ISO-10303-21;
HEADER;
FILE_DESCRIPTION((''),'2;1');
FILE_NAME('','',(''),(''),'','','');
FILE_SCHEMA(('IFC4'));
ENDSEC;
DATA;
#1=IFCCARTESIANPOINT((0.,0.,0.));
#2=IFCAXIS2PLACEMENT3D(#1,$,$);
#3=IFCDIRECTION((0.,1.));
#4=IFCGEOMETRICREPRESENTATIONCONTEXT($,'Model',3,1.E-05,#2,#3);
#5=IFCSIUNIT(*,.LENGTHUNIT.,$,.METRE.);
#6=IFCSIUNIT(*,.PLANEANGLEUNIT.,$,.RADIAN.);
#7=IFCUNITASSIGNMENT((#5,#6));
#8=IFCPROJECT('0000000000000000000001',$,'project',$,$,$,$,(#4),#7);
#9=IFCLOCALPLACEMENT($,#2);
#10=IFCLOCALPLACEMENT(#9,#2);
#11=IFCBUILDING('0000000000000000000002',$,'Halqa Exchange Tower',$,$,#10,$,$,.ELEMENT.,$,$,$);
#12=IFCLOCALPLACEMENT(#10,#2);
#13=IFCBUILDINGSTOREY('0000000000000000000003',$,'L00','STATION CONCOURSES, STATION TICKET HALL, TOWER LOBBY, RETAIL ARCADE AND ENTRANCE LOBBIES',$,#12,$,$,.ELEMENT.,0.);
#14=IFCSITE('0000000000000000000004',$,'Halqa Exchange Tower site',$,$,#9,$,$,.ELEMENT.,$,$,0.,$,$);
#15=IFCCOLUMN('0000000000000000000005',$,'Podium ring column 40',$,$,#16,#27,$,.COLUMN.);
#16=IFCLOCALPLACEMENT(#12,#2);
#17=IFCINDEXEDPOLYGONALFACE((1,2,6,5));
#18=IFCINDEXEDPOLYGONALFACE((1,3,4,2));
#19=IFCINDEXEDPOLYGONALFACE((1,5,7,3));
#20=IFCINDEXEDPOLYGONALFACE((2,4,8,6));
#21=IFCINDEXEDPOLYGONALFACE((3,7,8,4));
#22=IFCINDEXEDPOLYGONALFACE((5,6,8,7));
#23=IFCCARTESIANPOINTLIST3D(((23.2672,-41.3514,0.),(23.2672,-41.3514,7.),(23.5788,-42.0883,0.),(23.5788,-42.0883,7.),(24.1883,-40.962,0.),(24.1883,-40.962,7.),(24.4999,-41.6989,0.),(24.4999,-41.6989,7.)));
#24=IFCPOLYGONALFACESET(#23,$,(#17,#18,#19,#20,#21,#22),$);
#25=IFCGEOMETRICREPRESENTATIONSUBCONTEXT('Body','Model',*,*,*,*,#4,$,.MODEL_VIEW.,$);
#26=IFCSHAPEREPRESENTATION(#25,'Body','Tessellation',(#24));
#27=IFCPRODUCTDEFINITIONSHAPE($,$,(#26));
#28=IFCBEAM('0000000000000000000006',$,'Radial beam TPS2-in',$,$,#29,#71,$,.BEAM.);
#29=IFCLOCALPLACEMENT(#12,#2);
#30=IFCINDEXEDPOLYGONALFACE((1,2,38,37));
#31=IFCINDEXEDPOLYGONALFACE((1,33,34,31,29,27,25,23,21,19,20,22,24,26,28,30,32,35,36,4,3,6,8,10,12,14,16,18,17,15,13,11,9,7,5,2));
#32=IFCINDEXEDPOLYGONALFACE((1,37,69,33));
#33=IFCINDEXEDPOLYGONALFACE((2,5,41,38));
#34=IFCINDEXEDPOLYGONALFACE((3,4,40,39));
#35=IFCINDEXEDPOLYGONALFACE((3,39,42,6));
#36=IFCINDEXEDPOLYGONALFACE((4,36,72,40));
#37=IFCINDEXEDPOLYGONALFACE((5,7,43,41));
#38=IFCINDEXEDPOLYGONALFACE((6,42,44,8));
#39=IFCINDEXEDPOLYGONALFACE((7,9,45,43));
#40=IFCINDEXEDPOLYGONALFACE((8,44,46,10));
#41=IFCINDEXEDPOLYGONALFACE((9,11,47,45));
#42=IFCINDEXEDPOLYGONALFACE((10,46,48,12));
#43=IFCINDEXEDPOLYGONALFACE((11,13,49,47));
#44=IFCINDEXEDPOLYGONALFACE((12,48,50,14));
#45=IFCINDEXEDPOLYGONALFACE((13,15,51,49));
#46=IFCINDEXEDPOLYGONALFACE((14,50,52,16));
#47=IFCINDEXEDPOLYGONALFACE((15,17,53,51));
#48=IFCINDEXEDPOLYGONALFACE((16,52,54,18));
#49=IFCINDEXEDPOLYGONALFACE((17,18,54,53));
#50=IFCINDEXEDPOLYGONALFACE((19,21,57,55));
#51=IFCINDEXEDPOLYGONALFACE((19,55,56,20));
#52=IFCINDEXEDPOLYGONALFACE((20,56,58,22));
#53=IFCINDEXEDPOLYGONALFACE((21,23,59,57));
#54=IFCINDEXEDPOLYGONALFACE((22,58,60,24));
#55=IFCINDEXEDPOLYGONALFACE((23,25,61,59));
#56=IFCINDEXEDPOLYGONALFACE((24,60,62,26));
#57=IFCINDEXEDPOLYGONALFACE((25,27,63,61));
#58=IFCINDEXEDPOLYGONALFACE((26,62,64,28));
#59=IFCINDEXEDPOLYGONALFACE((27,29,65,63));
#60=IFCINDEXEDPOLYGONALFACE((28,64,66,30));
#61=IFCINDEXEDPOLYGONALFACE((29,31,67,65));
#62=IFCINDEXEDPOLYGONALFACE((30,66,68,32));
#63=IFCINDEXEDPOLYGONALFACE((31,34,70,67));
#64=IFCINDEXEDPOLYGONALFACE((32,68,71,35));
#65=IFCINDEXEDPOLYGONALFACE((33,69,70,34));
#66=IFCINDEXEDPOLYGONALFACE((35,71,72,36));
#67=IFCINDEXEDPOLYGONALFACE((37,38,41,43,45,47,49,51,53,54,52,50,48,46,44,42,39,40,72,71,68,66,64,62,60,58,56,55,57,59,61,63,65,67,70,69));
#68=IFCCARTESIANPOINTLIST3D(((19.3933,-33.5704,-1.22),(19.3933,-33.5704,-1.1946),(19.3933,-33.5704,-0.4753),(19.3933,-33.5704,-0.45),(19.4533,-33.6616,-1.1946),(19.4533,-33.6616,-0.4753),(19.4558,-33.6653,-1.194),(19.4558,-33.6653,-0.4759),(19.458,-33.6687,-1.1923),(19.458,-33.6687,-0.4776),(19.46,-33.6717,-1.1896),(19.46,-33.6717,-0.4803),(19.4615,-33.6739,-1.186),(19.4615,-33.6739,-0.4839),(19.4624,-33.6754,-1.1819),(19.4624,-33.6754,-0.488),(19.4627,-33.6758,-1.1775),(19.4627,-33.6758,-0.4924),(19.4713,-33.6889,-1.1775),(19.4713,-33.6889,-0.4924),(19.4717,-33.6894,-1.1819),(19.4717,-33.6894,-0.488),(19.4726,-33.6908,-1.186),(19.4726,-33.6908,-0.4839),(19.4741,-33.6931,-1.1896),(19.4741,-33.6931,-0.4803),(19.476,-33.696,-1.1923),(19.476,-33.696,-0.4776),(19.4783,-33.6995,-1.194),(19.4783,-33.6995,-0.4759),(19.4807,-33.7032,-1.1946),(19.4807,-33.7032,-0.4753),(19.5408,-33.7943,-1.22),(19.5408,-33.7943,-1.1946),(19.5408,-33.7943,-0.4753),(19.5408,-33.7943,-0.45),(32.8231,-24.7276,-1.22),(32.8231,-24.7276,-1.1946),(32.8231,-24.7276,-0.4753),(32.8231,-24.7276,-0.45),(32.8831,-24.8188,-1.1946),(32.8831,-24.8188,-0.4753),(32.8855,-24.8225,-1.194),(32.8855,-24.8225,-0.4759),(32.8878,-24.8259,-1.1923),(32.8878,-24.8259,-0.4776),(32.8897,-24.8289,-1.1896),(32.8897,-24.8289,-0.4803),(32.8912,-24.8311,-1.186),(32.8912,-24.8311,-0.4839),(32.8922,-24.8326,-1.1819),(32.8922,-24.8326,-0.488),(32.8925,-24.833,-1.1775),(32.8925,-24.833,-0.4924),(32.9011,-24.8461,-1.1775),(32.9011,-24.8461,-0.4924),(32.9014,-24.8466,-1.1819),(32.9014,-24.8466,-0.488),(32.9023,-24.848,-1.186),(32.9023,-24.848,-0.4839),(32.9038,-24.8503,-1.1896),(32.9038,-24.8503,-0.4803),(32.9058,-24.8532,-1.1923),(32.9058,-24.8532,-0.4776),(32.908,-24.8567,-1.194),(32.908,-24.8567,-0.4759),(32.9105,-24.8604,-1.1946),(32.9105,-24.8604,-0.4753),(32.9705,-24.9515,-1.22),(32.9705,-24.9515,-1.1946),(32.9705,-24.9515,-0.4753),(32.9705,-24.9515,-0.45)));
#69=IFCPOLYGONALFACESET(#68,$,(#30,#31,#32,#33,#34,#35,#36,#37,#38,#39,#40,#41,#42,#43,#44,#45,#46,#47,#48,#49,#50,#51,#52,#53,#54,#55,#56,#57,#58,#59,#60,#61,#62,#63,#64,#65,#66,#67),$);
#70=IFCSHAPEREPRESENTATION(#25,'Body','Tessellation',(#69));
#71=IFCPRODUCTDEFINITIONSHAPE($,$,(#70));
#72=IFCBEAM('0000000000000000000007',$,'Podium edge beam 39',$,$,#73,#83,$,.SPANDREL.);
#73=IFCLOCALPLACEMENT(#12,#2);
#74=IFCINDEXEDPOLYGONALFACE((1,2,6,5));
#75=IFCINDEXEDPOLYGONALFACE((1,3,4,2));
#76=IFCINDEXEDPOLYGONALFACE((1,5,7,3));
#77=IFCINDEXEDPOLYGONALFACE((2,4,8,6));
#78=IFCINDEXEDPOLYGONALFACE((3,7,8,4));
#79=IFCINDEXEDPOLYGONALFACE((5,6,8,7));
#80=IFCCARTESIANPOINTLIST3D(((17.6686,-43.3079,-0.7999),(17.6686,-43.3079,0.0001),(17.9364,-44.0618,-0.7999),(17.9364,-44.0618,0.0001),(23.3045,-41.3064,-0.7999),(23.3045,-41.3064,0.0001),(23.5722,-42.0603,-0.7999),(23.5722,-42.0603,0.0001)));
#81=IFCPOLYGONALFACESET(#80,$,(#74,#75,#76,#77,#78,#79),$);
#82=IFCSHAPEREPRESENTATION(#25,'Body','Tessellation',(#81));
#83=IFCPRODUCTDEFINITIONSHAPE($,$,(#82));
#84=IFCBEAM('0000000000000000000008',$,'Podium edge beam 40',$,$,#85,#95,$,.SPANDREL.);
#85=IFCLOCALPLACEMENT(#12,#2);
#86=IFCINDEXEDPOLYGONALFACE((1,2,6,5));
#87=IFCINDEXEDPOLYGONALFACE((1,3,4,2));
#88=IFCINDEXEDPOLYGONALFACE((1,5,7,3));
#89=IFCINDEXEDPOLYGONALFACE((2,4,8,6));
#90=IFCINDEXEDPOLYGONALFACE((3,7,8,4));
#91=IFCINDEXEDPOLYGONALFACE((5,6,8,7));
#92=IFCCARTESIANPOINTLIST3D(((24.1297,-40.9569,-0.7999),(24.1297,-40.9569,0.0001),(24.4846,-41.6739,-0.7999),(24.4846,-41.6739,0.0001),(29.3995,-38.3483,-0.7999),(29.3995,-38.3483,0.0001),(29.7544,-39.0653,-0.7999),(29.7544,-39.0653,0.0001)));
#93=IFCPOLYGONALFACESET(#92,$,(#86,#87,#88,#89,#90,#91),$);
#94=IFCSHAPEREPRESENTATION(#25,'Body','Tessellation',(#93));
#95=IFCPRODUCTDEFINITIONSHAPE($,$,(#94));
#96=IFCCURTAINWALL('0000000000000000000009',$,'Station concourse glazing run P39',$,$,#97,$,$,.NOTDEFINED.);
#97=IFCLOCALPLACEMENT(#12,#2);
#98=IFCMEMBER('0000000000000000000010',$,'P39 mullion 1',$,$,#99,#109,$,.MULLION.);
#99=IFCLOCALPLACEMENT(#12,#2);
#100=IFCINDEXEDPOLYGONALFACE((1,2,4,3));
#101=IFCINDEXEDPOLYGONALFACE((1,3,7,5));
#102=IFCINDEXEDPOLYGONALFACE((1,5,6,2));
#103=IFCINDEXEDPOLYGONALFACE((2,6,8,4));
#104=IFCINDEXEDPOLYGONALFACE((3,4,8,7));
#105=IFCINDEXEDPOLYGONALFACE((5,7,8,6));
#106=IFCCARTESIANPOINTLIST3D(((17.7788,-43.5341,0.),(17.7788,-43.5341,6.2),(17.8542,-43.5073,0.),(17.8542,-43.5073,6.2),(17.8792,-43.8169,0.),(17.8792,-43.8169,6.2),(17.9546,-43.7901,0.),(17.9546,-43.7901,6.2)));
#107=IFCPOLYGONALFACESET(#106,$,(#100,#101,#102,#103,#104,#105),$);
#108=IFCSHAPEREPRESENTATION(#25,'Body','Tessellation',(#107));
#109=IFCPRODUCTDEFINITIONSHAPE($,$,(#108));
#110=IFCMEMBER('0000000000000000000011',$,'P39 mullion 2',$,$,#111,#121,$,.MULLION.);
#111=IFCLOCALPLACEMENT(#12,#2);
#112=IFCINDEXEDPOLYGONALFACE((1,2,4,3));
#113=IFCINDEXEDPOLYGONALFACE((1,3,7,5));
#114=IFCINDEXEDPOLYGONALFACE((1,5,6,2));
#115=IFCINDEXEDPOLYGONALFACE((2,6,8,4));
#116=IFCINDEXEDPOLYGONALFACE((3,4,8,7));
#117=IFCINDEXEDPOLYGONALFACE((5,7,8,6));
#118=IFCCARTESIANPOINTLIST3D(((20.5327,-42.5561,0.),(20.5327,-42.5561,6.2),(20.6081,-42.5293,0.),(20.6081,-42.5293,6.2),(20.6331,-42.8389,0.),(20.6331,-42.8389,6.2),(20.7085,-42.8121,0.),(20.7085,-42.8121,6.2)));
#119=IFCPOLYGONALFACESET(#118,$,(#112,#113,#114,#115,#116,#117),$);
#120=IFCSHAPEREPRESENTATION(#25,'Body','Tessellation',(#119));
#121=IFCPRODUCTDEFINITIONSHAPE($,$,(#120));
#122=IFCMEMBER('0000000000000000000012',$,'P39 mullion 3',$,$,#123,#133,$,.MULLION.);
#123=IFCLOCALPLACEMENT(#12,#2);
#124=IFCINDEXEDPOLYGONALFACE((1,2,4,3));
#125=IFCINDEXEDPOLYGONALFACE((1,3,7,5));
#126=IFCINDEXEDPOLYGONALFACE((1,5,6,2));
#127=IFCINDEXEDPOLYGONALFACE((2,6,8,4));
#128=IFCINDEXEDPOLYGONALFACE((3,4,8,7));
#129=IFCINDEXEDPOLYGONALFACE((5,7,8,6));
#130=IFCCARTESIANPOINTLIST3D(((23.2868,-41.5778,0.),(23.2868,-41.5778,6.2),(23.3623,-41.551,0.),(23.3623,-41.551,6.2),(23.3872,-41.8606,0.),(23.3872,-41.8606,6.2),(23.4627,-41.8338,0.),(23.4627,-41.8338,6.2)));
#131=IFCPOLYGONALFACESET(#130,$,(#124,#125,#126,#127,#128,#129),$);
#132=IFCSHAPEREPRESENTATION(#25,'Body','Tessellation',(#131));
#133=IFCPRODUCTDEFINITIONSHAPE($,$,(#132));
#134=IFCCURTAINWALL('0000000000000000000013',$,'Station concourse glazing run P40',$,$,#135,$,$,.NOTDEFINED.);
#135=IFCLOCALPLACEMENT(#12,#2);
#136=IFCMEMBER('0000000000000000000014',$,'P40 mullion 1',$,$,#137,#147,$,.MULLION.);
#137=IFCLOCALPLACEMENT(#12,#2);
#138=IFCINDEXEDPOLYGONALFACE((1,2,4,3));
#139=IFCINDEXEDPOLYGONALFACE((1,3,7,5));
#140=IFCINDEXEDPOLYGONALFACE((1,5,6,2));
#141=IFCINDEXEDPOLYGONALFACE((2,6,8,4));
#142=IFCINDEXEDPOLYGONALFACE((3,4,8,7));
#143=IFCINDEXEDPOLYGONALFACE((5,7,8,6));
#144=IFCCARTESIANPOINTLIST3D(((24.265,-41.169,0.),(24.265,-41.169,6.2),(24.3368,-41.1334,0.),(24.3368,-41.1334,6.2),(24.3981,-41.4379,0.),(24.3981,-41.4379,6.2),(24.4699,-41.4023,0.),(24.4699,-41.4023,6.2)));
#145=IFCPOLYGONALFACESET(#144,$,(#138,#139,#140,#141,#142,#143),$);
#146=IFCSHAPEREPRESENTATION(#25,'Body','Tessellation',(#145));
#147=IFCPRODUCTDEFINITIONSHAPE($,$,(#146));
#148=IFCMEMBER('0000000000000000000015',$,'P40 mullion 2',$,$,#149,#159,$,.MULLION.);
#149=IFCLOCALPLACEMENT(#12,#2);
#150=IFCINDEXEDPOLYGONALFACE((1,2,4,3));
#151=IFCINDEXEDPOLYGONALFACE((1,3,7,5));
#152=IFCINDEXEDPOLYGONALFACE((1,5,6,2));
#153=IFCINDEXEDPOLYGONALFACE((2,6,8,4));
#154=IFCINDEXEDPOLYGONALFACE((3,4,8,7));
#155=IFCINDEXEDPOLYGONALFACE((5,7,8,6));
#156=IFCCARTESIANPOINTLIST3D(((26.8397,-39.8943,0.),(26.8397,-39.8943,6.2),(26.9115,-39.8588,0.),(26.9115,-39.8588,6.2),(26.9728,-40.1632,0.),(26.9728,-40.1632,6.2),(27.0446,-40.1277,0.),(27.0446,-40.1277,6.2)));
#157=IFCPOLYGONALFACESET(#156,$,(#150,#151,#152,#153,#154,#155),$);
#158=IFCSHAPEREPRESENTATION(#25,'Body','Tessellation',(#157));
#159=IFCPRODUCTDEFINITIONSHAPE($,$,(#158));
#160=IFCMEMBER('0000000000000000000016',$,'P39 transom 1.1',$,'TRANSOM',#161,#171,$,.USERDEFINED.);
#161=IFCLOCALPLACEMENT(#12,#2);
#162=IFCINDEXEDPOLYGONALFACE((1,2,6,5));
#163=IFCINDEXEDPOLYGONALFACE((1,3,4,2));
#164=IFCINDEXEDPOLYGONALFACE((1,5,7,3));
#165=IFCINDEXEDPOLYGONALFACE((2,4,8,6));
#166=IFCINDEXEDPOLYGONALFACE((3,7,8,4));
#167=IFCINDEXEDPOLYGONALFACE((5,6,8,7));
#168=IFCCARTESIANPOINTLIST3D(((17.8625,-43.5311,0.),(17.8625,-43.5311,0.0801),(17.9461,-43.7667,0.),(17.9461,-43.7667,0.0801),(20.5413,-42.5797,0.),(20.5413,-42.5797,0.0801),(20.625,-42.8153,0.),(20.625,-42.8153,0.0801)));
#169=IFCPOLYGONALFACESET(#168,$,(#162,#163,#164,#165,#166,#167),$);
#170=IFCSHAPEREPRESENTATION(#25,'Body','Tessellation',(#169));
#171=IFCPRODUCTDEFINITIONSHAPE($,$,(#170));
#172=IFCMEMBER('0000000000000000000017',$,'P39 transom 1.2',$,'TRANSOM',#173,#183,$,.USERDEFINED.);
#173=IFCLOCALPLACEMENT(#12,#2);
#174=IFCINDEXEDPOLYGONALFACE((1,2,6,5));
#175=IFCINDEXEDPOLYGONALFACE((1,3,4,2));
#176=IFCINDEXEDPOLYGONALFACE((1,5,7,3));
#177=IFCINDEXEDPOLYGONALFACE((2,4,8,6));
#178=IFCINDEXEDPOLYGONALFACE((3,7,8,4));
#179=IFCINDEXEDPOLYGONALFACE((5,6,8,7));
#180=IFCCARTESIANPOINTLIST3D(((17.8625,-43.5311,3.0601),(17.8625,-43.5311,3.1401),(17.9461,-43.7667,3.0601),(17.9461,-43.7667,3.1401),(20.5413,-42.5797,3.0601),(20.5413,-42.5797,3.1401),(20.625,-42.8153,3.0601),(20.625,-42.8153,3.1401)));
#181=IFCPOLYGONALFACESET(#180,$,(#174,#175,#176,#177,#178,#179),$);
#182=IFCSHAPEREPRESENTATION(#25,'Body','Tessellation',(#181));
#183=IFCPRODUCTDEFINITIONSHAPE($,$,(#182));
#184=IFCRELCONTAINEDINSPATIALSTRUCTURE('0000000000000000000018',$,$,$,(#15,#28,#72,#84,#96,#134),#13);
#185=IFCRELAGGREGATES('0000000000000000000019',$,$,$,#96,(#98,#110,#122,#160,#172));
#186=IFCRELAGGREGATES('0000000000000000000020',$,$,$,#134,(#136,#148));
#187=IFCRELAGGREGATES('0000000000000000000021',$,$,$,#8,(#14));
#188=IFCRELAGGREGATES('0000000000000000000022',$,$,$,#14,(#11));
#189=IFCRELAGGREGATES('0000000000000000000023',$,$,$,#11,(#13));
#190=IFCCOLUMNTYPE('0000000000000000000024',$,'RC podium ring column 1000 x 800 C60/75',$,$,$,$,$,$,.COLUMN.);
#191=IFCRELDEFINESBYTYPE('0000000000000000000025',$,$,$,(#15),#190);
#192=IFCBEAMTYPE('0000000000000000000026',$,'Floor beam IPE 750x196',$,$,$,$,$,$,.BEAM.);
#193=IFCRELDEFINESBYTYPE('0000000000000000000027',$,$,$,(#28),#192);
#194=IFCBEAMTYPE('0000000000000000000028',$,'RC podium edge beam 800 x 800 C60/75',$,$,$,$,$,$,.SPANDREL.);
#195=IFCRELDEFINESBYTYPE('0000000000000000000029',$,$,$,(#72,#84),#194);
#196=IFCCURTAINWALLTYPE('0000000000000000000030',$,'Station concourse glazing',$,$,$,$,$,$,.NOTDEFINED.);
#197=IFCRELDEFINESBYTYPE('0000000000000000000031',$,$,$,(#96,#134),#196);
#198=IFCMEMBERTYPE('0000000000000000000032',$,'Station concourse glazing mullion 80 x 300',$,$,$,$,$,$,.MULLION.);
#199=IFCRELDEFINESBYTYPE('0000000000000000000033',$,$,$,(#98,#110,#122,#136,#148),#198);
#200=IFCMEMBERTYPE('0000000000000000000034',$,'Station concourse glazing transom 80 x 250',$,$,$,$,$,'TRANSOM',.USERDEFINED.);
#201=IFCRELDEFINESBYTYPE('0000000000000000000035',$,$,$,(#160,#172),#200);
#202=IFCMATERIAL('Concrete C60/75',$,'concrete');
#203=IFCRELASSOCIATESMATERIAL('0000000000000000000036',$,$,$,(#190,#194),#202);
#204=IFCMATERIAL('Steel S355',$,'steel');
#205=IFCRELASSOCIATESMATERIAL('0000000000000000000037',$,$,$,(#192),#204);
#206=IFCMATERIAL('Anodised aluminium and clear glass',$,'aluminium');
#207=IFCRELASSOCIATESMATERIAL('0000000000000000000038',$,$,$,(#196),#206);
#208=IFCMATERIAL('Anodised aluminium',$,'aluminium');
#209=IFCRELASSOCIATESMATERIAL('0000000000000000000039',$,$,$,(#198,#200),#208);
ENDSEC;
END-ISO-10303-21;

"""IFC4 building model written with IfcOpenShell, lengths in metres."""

from ifc_helpers import new_model, si_unit, direction, frame, origin, origin_2d, place, context, subcontext, project, spatial, rectangle, i_section, extrude, material, material_profile, profile_set, type_object, element, aggregate, save


model = new_model("IFC4")

# Units and contexts
model_context = context("Model", 3, precision=1e-05, world=origin(), true_north=direction((0.0, 1.0)))
body_context = subcontext(model_context, "Body", "Model", "MODEL_VIEW")
ifc_project = project(units=[si_unit("LENGTHUNIT", "METRE"), si_unit("PLANEANGLEUNIT", "RADIAN")], contexts=[model_context])

# Site, building, storey
site_placement = place(None, origin())
site = spatial("IfcSite", under=ifc_project, at=site_placement, Name="Halqa Exchange Tower site", CompositionType="ELEMENT", RefElevation=0.0)
building_placement = place(site_placement, origin())
building = spatial("IfcBuilding", under=site, at=building_placement, Name="Halqa Exchange Tower", CompositionType="ELEMENT")
storey_placement = place(building_placement, origin())
storey = spatial("IfcBuildingStorey", under=building, at=storey_placement, Name="L00", Description="STATION CONCOURSES, STATION TICKET HALL, TOWER LOBBY, RETAIL ARCADE AND ENTRANCE LOBBIES", CompositionType="ELEMENT", Elevation=0.0)

# Column
ifc_material_1 = material(Name="Concrete C60/75", Category="concrete")
ifc_material_profile_1 = material_profile(ifc_material_1, rectangle(XDim=1.0, YDim=0.8, at=origin_2d()), Name="1000 x 800")
ifc_profile_set_1 = profile_set([ifc_material_profile_1], Name="Concrete C60/75")
column_type = type_object("IfcColumnType", Name="RC podium ring column 1000 x 800 C60/75", PredefinedType="COLUMN", material=ifc_profile_set_1)
column_placement = place(storey_placement, frame((23.8835, -41.5251, 0.0), z_axis=(0.0, 0.0, 1.0), x_axis=(0.921048, 0.389449, 0.0)))
element("IfcColumn", 1, at=column_placement, inside=storey, type_object=column_type, Name="Podium ring column 40", PredefinedType="COLUMN", context=body_context, shape_type="SweptSolid", body=[
    extrude(rectangle(XDim=1.0, YDim=0.8, at=origin_2d()), origin(), (0.0, 0.0, 1.0), 7.0),
])

# Beams
ifc_material_2 = material(Name="Steel S355", Category="steel")
ifc_material_profile_2 = material_profile(ifc_material_2, i_section(OverallWidth=0.2681, OverallDepth=0.77, WebThickness=0.0156, FlangeThickness=0.0254, FilletRadius=0.0171, at=origin_2d()), Name="IPE 750x196")
ifc_profile_set_2 = profile_set([ifc_material_profile_2], Name="Steel S355")
beam_type_1 = type_object("IfcBeamType", Name="Floor beam IPE 750x196", PredefinedType="BEAM", material=ifc_profile_set_2)
beam_1_placement = place(storey_placement, frame((19.467, -33.6824, -0.835), z_axis=(0.835204, 0.54994, 0.0), x_axis=(-0.54994, 0.835204, 0.0)))
element("IfcBeam", 2, at=beam_1_placement, inside=storey, type_object=beam_type_1, Name="Radial beam TPS2-in", PredefinedType="BEAM", context=body_context, shape_type="SweptSolid", body=[
    extrude(i_section(OverallWidth=0.2681, OverallDepth=0.77, WebThickness=0.0156, FlangeThickness=0.0254, FilletRadius=0.0171, at=origin_2d()), origin(), (0.0, 0.0, 1.0), 16.0796),
])
ifc_material_profile_3 = material_profile(ifc_material_1, rectangle(XDim=0.8, YDim=0.8, at=origin_2d()), Name="800 x 800")
ifc_profile_set_3 = profile_set([ifc_material_profile_3], Name="Concrete C60/75")
beam_type_2 = type_object("IfcBeamType", Name="RC podium edge beam 800 x 800 C60/75", PredefinedType="SPANDREL", material=ifc_profile_set_3)
beam_2_placement = place(storey_placement, frame((17.8025, -43.6848, -0.3999), z_axis=(0.942343, 0.334647, 0.0), x_axis=(-0.334647, 0.942343, 0.0)))
element("IfcBeam", 3, at=beam_2_placement, inside=storey, type_object=beam_type_2, Name="Podium edge beam 39", PredefinedType="SPANDREL", context=body_context, shape_type="SweptSolid", body=[
    extrude(rectangle(XDim=0.8, YDim=0.8, at=origin_2d()), origin(), (0.0, 0.0, 1.0), 5.9807),
])
beam_3_placement = place(storey_placement, frame((24.3071, -41.3154, -0.3999), z_axis=(0.896205, 0.443639, 0.0), x_axis=(-0.443639, 0.896205, 0.0)))
element("IfcBeam", 4, at=beam_3_placement, inside=storey, type_object=beam_type_2, Name="Podium edge beam 40", PredefinedType="SPANDREL", context=body_context, shape_type="SweptSolid", body=[
    extrude(rectangle(XDim=0.8, YDim=0.8, at=origin_2d()), origin(), (0.0, 0.0, 1.0), 5.8801),
])

# Curtain walls, members
ifc_material_3 = material(Name="Anodised aluminium and clear glass", Category="aluminium")
curtain_wall_type = type_object("IfcCurtainWallType", Name="Station concourse glazing", PredefinedType="NOTDEFINED", material=ifc_material_3)
curtain_wall_1_placement = place(storey_placement, origin())
curtain_wall_1 = element("IfcCurtainWall", 5, at=curtain_wall_1_placement, inside=storey, type_object=curtain_wall_type, Name="Station concourse glazing run P39", PredefinedType="NOTDEFINED")
ifc_material_4 = material(Name="Anodised aluminium", Category="aluminium")
ifc_material_profile_4 = material_profile(ifc_material_4, rectangle(XDim=0.3, YDim=0.0801, at=origin_2d()), Name="AL 80x300")
ifc_profile_set_4 = profile_set([ifc_material_profile_4], Name="Anodised aluminium")
member_type_1 = type_object("IfcMemberType", Name="Station concourse glazing mullion 80 x 300", PredefinedType="MULLION", material=ifc_profile_set_4)
member_1_placement = place(storey_placement, frame((17.8667, -43.6621, 0.0), z_axis=(0.0, 0.0, 1.0), x_axis=(-0.334688, 0.942329, 0.0)))
member_1 = element("IfcMember", 6, at=member_1_placement, type_object=member_type_1, Name="P39 mullion 1", PredefinedType="MULLION", context=body_context, shape_type="SweptSolid", body=[
    extrude(rectangle(XDim=0.3, YDim=0.0801, at=origin_2d()), origin(), (0.0, 0.0, 1.0), 6.2),
])
member_2_placement = place(storey_placement, frame((20.6206, -42.6841, 0.0), z_axis=(0.0, 0.0, 1.0), x_axis=(-0.334688, 0.942329, 0.0)))
member_2 = element("IfcMember", 7, at=member_2_placement, type_object=member_type_1, Name="P39 mullion 2", PredefinedType="MULLION", context=body_context, shape_type="SweptSolid", body=[
    extrude(rectangle(XDim=0.3, YDim=0.0801, at=origin_2d()), origin(), (0.0, 0.0, 1.0), 6.2),
])
member_3_placement = place(storey_placement, frame((23.3748, -41.7058, 0.0), z_axis=(0.0, 0.0, 1.0), x_axis=(-0.334688, 0.942329, 0.0)))
member_3 = element("IfcMember", 8, at=member_3_placement, type_object=member_type_1, Name="P39 mullion 3", PredefinedType="MULLION", context=body_context, shape_type="SweptSolid", body=[
    extrude(rectangle(XDim=0.3, YDim=0.0801, at=origin_2d()), origin(), (0.0, 0.0, 1.0), 6.2),
])
curtain_wall_2_placement = place(storey_placement, origin())
curtain_wall_2 = element("IfcCurtainWall", 9, at=curtain_wall_2_placement, inside=storey, type_object=curtain_wall_type, Name="Station concourse glazing run P40", PredefinedType="NOTDEFINED")
member_4_placement = place(storey_placement, frame((24.3674, -41.2856, 0.0), z_axis=(0.0, 0.0, 1.0), x_axis=(-0.443653, 0.896198, 0.0)))
member_4 = element("IfcMember", 10, at=member_4_placement, type_object=member_type_1, Name="P40 mullion 1", PredefinedType="MULLION", context=body_context, shape_type="SweptSolid", body=[
    extrude(rectangle(XDim=0.3, YDim=0.0801, at=origin_2d()), origin(), (0.0, 0.0, 1.0), 6.2),
])
member_5_placement = place(storey_placement, frame((26.9421, -40.011, 0.0), z_axis=(0.0, 0.0, 1.0), x_axis=(-0.443653, 0.896198, 0.0)))
member_5 = element("IfcMember", 11, at=member_5_placement, type_object=member_type_1, Name="P40 mullion 2", PredefinedType="MULLION", context=body_context, shape_type="SweptSolid", body=[
    extrude(rectangle(XDim=0.3, YDim=0.0801, at=origin_2d()), origin(), (0.0, 0.0, 1.0), 6.2),
])

# Members
ifc_material_profile_5 = material_profile(ifc_material_4, rectangle(XDim=0.25, YDim=0.0801, at=origin_2d()), Name="AL 80x250")
ifc_profile_set_5 = profile_set([ifc_material_profile_5], Name="Anodised aluminium")
member_type_2 = type_object("IfcMemberType", Name="Station concourse glazing transom 80 x 250", ElementType="TRANSOM", PredefinedType="USERDEFINED", material=ifc_profile_set_5)
member_6_placement = place(storey_placement, frame((17.9043, -43.6489, 0.04), z_axis=(0.942327, 0.334693, 0.0), x_axis=(-0.334693, 0.942327, 0.0)))
member_6 = element("IfcMember", 12, at=member_6_placement, type_object=member_type_2, Name="P39 transom 1.1", ObjectType="TRANSOM", PredefinedType="USERDEFINED", context=body_context, shape_type="SweptSolid", body=[
    extrude(rectangle(XDim=0.25, YDim=0.0801, at=origin_2d()), origin(), (0.0, 0.0, 1.0), 2.8428),
])
member_7_placement = place(storey_placement, frame((17.9043, -43.6489, 3.1001), z_axis=(0.942327, 0.334693, 0.0), x_axis=(-0.334693, 0.942327, 0.0)))
member_7 = element("IfcMember", 13, at=member_7_placement, type_object=member_type_2, Name="P39 transom 1.2", ObjectType="TRANSOM", PredefinedType="USERDEFINED", context=body_context, shape_type="SweptSolid", body=[
    extrude(rectangle(XDim=0.25, YDim=0.0801, at=origin_2d()), origin(), (0.0, 0.0, 1.0), 2.8428),
])

aggregate(curtain_wall_1, [member_1, member_2, member_3, member_6, member_7])
aggregate(curtain_wall_2, [member_4, member_5])

save(model, "model.ifc")
